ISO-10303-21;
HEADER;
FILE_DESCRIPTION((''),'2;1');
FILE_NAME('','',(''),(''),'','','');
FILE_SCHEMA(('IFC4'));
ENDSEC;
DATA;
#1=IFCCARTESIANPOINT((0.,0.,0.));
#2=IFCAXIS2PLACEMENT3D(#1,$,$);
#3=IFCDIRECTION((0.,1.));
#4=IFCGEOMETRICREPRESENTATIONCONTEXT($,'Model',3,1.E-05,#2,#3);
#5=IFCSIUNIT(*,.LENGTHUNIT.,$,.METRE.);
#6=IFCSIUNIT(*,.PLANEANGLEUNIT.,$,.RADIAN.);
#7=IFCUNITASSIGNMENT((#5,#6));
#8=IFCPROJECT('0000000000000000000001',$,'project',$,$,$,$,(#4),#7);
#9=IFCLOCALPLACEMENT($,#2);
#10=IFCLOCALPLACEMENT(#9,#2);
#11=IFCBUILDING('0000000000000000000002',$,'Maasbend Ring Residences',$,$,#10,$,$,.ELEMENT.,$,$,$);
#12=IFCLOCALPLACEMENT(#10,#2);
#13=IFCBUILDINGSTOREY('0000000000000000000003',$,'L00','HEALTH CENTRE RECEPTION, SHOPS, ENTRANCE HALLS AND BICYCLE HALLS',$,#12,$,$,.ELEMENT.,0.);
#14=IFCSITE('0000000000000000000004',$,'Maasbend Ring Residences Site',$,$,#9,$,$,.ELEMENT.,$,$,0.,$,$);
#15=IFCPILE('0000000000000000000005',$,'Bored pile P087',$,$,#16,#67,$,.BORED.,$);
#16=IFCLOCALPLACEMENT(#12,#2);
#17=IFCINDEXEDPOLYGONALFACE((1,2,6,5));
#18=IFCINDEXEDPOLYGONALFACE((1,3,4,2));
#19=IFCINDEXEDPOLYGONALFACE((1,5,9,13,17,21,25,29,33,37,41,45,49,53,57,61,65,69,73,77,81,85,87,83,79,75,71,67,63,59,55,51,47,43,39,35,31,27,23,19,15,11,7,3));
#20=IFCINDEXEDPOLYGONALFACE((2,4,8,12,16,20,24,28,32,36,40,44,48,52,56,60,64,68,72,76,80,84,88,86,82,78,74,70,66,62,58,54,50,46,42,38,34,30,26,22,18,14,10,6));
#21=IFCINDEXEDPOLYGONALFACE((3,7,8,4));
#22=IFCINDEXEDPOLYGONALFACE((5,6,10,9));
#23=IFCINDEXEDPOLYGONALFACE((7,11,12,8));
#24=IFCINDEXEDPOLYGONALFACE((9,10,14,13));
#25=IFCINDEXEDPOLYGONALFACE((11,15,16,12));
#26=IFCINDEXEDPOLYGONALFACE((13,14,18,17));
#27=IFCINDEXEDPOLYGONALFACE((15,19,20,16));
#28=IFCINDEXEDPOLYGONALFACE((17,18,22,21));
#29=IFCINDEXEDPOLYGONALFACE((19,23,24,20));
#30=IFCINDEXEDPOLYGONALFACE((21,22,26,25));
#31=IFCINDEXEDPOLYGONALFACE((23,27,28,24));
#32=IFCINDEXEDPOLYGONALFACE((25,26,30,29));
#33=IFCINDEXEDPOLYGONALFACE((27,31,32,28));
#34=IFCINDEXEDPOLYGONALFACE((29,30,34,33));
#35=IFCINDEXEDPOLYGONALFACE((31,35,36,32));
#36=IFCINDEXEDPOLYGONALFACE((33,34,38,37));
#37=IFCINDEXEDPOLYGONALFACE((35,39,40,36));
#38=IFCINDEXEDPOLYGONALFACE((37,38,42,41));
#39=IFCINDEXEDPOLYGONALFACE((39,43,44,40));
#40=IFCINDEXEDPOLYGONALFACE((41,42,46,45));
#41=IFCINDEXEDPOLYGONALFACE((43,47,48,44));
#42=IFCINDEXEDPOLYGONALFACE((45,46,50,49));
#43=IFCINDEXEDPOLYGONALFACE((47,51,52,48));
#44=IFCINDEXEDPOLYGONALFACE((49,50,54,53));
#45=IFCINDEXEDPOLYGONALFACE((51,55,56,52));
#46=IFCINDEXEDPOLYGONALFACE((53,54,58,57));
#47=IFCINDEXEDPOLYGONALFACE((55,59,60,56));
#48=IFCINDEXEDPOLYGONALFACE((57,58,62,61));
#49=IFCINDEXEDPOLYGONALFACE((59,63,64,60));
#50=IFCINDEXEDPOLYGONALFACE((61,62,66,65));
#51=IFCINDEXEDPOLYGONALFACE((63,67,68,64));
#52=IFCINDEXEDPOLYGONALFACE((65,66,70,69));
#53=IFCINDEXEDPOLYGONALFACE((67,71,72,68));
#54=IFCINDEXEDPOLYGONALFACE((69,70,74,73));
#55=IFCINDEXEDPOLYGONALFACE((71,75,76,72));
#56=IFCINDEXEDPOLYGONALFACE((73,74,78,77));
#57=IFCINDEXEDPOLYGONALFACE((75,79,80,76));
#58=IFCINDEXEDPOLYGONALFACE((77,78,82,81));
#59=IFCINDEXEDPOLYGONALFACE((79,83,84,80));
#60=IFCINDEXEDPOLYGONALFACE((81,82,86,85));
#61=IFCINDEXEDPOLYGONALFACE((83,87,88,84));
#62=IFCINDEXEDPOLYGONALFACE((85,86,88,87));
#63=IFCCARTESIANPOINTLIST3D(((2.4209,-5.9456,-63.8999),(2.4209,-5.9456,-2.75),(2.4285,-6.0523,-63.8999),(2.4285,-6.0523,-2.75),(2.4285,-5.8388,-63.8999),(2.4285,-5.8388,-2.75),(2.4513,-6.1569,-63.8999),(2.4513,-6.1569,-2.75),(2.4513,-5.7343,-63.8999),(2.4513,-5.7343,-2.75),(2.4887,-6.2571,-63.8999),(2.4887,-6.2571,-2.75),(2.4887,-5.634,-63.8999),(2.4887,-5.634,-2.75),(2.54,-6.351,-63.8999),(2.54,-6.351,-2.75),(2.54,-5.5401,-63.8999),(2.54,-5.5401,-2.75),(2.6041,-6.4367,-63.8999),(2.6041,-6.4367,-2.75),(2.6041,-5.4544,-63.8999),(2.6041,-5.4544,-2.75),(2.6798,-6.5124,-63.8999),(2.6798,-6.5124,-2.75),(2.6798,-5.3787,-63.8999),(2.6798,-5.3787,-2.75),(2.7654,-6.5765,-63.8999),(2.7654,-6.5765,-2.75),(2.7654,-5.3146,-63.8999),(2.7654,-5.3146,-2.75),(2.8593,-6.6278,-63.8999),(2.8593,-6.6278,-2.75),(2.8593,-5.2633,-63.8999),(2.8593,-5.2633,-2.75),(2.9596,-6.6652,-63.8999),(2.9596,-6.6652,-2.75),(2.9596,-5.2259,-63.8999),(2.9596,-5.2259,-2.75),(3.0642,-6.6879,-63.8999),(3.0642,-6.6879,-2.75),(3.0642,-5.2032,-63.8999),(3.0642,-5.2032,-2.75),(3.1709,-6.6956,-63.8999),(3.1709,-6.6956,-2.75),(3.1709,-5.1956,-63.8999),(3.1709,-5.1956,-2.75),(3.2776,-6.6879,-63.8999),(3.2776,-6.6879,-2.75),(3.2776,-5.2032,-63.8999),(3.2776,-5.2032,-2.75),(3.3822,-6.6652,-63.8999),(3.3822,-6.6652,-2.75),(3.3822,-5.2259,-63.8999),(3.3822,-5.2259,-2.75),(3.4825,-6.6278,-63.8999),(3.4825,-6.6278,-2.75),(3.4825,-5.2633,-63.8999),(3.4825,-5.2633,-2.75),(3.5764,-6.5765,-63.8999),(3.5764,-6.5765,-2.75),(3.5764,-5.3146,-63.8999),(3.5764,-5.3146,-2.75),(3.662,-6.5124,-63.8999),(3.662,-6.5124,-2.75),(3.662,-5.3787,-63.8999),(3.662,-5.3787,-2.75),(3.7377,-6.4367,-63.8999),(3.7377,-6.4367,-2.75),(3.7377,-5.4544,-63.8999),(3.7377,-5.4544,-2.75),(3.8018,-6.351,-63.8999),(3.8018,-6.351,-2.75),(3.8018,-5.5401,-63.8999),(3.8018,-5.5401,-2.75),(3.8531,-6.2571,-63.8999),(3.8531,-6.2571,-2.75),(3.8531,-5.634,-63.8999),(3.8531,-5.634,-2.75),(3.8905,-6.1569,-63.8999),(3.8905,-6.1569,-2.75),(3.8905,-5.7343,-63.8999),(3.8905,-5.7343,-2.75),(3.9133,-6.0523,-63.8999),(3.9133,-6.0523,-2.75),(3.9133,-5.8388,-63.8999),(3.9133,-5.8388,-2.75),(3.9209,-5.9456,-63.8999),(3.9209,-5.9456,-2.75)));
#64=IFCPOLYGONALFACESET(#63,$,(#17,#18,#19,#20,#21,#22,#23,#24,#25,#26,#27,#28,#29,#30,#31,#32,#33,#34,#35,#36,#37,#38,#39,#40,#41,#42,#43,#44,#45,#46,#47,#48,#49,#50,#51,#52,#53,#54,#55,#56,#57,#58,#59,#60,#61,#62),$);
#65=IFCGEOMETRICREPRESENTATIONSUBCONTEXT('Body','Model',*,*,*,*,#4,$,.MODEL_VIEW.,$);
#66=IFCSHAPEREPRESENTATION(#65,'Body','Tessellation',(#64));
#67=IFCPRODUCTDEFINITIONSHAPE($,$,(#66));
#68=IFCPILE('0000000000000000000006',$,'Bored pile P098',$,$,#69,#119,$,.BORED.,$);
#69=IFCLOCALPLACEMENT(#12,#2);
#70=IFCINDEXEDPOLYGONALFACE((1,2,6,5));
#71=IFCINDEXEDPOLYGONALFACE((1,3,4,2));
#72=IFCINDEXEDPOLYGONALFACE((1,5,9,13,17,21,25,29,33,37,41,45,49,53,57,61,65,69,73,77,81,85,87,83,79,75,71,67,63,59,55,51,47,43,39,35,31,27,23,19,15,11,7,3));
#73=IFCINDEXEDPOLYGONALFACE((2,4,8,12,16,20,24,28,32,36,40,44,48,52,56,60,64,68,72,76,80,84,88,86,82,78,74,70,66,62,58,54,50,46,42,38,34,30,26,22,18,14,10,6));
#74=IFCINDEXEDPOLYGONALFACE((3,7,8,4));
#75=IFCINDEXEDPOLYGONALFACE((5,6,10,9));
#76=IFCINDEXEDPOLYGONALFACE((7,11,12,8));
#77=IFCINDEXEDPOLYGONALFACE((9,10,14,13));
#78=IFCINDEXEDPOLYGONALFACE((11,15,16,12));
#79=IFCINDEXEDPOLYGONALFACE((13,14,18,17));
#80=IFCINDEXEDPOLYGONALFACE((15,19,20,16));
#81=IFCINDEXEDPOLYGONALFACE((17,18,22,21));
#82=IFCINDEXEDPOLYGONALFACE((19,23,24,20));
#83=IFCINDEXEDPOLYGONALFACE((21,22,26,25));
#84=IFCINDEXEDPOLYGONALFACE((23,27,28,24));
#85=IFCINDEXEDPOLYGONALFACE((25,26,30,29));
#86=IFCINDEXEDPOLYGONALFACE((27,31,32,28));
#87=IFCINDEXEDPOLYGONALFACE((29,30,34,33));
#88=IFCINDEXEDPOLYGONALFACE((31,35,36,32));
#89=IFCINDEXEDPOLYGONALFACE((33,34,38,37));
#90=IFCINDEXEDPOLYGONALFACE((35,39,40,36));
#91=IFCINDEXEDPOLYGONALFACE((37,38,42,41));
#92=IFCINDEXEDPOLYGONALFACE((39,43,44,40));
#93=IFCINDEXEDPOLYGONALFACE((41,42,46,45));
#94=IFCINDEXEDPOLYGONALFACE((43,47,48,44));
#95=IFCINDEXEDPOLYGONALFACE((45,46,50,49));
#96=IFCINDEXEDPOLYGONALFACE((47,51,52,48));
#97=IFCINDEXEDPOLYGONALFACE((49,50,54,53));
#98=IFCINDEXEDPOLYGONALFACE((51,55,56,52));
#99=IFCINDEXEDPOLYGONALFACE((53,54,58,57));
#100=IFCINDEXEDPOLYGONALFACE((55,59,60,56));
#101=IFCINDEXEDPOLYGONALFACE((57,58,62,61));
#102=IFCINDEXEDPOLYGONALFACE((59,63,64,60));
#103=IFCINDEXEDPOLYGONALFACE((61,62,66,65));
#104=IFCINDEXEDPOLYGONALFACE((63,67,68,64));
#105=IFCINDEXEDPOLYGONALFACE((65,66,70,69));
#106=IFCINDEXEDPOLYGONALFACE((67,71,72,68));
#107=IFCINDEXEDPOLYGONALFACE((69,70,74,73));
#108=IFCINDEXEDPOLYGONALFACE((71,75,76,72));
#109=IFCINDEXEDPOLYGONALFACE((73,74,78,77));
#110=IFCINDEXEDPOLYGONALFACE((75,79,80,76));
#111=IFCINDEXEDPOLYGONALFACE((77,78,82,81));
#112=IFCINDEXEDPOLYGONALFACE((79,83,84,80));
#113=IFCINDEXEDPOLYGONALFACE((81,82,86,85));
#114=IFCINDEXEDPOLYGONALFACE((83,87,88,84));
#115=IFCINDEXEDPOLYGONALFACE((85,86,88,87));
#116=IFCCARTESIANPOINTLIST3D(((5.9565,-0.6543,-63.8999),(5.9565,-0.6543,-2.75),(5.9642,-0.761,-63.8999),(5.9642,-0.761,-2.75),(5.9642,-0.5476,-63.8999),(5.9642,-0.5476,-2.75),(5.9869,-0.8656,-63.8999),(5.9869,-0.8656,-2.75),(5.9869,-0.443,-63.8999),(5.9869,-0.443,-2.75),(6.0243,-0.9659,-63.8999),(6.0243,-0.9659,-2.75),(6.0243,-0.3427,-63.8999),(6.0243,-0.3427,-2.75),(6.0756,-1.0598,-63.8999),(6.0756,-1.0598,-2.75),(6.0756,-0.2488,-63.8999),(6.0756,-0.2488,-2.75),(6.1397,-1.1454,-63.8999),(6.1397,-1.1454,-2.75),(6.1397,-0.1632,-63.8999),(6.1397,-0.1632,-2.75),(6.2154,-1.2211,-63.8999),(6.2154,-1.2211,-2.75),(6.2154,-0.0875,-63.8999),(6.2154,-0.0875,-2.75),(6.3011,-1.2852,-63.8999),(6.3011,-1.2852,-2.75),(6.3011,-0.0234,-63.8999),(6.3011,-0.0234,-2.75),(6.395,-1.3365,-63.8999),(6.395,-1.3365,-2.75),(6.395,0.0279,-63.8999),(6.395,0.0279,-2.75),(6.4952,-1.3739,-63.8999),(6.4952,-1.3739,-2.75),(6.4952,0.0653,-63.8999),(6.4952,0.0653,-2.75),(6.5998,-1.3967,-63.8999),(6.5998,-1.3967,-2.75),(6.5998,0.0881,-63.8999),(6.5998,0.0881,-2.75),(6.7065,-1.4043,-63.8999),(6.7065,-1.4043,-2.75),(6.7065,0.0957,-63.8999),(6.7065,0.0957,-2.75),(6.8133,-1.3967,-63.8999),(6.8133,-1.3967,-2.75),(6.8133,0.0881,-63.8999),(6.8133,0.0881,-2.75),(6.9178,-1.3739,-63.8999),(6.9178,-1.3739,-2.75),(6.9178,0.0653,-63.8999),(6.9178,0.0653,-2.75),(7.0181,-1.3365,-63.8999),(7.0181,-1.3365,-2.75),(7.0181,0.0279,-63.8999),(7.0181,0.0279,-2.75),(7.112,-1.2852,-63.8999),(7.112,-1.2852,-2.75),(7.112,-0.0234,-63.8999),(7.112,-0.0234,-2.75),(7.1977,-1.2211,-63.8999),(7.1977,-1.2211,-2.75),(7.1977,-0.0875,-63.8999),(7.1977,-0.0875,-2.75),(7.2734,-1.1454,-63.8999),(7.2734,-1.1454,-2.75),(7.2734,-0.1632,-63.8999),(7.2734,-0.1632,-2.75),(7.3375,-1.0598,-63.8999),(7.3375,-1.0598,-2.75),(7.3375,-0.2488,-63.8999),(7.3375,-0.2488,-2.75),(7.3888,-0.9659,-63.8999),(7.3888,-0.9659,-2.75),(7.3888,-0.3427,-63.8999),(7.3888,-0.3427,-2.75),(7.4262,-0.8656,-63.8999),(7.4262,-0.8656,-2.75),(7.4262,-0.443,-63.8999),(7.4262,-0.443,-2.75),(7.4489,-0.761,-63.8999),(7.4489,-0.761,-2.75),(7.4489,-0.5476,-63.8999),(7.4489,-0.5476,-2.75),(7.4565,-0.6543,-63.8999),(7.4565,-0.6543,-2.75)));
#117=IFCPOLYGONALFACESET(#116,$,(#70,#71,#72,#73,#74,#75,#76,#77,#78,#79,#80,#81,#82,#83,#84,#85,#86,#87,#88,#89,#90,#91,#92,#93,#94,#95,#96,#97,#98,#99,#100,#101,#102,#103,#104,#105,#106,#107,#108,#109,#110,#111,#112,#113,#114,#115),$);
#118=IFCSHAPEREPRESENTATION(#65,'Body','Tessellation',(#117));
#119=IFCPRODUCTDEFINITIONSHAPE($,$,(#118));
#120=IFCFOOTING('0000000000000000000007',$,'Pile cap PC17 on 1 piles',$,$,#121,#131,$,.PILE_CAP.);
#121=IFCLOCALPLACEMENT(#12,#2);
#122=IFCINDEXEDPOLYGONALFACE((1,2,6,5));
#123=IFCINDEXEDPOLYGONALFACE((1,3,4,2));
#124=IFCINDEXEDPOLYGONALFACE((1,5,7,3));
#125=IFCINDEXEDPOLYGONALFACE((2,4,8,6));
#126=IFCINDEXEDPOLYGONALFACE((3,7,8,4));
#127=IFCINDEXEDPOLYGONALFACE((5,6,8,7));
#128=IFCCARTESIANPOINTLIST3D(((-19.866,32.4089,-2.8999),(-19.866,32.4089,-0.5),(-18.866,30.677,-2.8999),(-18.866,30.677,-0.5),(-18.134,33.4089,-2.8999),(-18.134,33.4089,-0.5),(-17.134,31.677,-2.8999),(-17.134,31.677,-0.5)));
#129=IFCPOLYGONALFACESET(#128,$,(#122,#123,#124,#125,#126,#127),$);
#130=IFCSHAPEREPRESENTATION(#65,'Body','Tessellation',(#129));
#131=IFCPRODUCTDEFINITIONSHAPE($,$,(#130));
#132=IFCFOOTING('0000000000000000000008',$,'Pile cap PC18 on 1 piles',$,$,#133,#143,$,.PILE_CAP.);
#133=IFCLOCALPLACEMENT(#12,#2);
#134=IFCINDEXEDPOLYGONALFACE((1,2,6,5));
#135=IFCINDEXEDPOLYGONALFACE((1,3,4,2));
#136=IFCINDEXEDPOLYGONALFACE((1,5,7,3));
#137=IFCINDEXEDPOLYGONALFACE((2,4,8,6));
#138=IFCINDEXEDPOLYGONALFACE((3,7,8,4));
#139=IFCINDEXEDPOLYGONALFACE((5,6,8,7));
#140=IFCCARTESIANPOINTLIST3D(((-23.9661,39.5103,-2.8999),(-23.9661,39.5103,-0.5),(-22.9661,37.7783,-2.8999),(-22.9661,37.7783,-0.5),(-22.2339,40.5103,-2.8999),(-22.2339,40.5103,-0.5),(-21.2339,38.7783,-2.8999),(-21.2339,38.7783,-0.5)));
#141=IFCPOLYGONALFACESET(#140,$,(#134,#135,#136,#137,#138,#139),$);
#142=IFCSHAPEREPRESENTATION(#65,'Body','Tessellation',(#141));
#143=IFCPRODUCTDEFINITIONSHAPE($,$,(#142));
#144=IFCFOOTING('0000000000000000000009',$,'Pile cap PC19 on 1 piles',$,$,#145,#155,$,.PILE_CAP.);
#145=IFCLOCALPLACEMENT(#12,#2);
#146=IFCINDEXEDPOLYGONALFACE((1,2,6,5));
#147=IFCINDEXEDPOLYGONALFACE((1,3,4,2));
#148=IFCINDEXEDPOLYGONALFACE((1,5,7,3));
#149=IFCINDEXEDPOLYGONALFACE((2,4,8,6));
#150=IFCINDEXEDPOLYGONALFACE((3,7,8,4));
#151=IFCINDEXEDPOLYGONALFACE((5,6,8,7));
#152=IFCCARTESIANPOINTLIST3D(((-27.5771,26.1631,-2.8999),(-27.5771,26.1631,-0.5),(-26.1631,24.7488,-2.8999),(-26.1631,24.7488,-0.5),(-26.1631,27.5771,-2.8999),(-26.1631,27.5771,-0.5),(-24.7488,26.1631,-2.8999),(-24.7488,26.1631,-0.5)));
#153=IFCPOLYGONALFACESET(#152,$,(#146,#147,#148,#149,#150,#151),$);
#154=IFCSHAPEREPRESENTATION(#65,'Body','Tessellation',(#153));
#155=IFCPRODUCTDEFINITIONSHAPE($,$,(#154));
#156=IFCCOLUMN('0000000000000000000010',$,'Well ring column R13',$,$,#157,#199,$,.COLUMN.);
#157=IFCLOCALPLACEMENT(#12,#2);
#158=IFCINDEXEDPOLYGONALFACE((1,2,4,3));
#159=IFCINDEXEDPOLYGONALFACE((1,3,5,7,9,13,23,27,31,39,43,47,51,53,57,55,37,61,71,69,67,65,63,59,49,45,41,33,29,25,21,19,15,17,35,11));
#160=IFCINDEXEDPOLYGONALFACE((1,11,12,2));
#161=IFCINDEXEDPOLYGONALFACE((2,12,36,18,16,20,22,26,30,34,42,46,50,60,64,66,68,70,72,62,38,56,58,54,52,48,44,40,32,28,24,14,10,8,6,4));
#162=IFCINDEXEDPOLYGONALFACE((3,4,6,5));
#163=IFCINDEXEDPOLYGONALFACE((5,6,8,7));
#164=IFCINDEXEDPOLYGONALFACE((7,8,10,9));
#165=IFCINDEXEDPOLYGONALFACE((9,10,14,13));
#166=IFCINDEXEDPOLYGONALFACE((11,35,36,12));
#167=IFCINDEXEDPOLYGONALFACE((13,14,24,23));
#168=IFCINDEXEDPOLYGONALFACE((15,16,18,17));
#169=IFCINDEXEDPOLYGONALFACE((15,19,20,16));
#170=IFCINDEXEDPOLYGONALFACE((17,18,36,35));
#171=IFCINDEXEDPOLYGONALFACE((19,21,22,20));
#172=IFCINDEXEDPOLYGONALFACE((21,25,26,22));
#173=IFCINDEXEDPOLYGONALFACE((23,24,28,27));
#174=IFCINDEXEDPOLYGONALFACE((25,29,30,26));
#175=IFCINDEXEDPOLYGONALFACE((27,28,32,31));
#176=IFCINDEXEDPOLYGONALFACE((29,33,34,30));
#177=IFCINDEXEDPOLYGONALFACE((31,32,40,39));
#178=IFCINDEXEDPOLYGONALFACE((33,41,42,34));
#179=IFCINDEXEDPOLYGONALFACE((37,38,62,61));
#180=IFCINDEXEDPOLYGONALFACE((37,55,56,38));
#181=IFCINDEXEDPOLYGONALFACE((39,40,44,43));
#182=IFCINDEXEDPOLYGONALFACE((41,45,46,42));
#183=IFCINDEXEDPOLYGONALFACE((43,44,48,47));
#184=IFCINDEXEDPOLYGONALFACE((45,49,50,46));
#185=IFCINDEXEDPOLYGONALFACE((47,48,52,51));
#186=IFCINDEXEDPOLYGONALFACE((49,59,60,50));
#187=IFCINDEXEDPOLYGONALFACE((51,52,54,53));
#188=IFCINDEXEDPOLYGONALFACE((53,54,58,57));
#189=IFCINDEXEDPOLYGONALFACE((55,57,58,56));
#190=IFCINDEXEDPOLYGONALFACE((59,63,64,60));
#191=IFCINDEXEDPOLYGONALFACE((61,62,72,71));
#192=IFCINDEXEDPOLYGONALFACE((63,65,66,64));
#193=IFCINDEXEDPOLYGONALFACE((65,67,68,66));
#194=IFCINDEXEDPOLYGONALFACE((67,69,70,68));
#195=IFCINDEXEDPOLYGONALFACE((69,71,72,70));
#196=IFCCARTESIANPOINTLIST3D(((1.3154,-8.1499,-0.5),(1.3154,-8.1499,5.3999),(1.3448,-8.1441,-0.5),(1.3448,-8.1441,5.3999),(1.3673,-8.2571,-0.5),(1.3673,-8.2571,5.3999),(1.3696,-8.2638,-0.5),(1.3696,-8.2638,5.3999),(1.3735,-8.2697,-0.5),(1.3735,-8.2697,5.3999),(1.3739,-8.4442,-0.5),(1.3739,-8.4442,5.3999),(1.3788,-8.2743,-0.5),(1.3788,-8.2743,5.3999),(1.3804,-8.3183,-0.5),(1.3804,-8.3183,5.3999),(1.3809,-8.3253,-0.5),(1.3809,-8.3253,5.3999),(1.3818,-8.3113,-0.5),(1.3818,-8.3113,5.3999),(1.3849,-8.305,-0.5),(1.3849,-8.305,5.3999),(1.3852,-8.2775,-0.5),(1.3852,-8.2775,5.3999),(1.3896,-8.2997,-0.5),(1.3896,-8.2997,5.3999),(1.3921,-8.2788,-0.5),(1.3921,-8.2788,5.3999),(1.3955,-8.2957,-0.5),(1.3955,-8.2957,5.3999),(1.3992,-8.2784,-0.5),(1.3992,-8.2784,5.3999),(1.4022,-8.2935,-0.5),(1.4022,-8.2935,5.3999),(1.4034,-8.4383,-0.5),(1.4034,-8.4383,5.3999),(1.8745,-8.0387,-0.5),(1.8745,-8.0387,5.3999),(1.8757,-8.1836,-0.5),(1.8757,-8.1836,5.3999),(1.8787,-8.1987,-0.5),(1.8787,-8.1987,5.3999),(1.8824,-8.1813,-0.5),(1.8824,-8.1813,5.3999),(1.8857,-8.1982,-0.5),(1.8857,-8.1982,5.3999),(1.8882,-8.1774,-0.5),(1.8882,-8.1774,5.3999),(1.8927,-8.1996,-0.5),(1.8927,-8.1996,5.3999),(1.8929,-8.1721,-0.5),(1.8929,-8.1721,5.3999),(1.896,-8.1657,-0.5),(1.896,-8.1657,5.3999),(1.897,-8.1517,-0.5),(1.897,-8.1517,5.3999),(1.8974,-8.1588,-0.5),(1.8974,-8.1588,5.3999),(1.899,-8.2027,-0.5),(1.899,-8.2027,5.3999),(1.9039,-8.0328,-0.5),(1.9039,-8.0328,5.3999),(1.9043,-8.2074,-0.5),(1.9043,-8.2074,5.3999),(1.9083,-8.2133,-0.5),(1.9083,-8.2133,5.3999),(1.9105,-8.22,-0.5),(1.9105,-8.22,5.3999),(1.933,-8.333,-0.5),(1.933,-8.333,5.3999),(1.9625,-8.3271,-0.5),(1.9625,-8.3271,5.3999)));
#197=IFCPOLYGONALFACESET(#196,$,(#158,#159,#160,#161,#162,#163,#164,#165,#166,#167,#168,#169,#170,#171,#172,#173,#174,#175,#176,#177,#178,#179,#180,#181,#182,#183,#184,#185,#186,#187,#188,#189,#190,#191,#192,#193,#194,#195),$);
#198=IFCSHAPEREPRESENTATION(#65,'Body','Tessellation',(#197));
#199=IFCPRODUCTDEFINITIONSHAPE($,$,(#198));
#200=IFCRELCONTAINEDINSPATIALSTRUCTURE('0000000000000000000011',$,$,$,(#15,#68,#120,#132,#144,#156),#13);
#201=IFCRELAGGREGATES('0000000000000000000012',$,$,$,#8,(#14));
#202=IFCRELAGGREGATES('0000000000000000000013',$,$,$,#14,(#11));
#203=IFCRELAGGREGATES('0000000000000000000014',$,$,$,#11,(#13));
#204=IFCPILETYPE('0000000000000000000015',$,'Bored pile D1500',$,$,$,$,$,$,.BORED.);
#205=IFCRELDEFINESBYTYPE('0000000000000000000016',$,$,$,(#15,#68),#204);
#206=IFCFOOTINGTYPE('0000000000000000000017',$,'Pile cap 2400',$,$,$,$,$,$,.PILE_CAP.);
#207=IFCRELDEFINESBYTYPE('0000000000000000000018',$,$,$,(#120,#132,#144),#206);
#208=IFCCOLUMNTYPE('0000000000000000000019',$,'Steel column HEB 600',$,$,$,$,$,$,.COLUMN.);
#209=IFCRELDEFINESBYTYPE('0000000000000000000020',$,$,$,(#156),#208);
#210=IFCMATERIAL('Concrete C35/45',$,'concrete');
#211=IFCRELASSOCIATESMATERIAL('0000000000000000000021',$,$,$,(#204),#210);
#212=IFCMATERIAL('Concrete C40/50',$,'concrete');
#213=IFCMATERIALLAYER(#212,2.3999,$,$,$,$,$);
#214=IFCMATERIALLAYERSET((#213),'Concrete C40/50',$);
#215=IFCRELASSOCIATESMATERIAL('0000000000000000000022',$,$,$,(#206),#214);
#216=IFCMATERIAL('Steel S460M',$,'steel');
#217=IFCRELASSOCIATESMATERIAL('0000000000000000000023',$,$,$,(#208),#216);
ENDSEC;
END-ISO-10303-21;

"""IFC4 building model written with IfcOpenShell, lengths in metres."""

from ifc_helpers import new_model, si_unit, direction, frame, origin, origin_2d, place, context, subcontext, project, spatial, polyline, circle, i_section, outline, extrude, material, layer, layer_set, material_profile, profile_set, type_object, element, save


model = new_model("IFC4")

# Units and contexts
model_context = context("Model", 3, precision=1e-05, world=origin(), true_north=direction((0.0, 1.0)))
body_context = subcontext(model_context, "Body", "Model", "MODEL_VIEW")
ifc_project = project(units=[si_unit("LENGTHUNIT", "METRE"), si_unit("PLANEANGLEUNIT", "RADIAN")], contexts=[model_context])

# Site, building, storey
site_placement = place(None, origin())
site = spatial("IfcSite", under=ifc_project, at=site_placement, Name="Maasbend Ring Residences Site", CompositionType="ELEMENT", RefElevation=0.0)
building_placement = place(site_placement, origin())
building = spatial("IfcBuilding", under=site, at=building_placement, Name="Maasbend Ring Residences", CompositionType="ELEMENT")
storey_placement = place(building_placement, origin())
storey = spatial("IfcBuildingStorey", under=building, at=storey_placement, Name="L00", Description="HEALTH CENTRE RECEPTION, SHOPS, ENTRANCE HALLS AND BICYCLE HALLS", CompositionType="ELEMENT", Elevation=0.0)

# Piles
ifc_material_1 = material(Name="Concrete C35/45", Category="concrete")
ifc_material_profile_1 = material_profile(ifc_material_1, circle(Radius=0.75, at=origin_2d()), Name="Bored pile D1500")
ifc_profile_set_1 = profile_set([ifc_material_profile_1], Name="Concrete C35/45")
pile_type = type_object("IfcPileType", Name="Bored pile D1500", PredefinedType="BORED", material=ifc_profile_set_1)
for number, where, z_axis, x_axis, name in (
    (1, (3.1709, -5.9456, -2.75), (0.0, 0.0, -1.0), (1.0, 0.0, 0.0), "Bored pile P087"),
    (2, (6.7065, -0.6543, -2.75), (0.0, 0.0, -1.0), (1.0, 0.0, 0.0), "Bored pile P098"),
):
    element("IfcPile", number, at=place(storey_placement, frame(where, z_axis=z_axis, x_axis=x_axis)), inside=storey, type_object=pile_type, Name=name, PredefinedType="BORED", context=body_context, shape_type="SweptSolid", body=[
        extrude(circle(Radius=0.75, at=origin_2d()), origin(), (0.0, 0.0, 1.0), 61.1499),
    ])

# Footings
ifc_material_2 = material(Name="Concrete C40/50", Category="concrete")
ifc_layer_1 = layer(ifc_material_2, 2.3999)
ifc_layer_set_1 = layer_set([ifc_layer_1], Name="Concrete C40/50")
footing_type = type_object("IfcFootingType", Name="Pile cap 2400", PredefinedType="PILE_CAP", material=ifc_layer_set_1)
footing_1_placement = place(storey_placement, frame((0.0, 0.0, -2.8999)))
element("IfcFooting", 3, at=footing_1_placement, inside=storey, type_object=footing_type, Name="Pile cap PC17 on 1 piles", PredefinedType="PILE_CAP", context=body_context, shape_type="SweptSolid", body=[
    extrude(outline(polyline([(-17.134, 31.677), (-18.134, 33.4089), (-19.866, 32.4089), (-18.866, 30.677), (-17.134, 31.677)])), origin(), (0.0, 0.0, 1.0), 2.3999),
])
footing_2_placement = place(storey_placement, frame((0.0, 0.0, -2.8999)))
element("IfcFooting", 4, at=footing_2_placement, inside=storey, type_object=footing_type, Name="Pile cap PC18 on 1 piles", PredefinedType="PILE_CAP", context=body_context, shape_type="SweptSolid", body=[
    extrude(outline(polyline([(-21.2339, 38.7783), (-22.2339, 40.5103), (-23.9661, 39.5103), (-22.9661, 37.7783), (-21.2339, 38.7783)])), origin(), (0.0, 0.0, 1.0), 2.3999),
])
footing_3_placement = place(storey_placement, frame((0.0, 0.0, -2.8999)))
element("IfcFooting", 5, at=footing_3_placement, inside=storey, type_object=footing_type, Name="Pile cap PC19 on 1 piles", PredefinedType="PILE_CAP", context=body_context, shape_type="SweptSolid", body=[
    extrude(outline(polyline([(-24.7488, 26.1631), (-26.1631, 27.5771), (-27.5771, 26.1631), (-26.1631, 24.7488), (-24.7488, 26.1631)])), origin(), (0.0, 0.0, 1.0), 2.3999),
])

# Column
ifc_material_3 = material(Name="Steel S460M", Category="steel")
ifc_material_profile_2 = material_profile(ifc_material_3, i_section(OverallWidth=0.3, OverallDepth=0.6001, WebThickness=0.0154, FlangeThickness=0.03, FilletRadius=0.0271, at=origin_2d()), Name="HEB 600")
ifc_profile_set_2 = profile_set([ifc_material_profile_2], Name="Steel S460M")
column_type = type_object("IfcColumnType", Name="Steel column HEB 600", PredefinedType="COLUMN", material=ifc_profile_set_2)
for number, where, z_axis, x_axis, name in (
    (6, (1.6389, -8.2385, -0.5), (0.0, 0.0, 1.0), (0.19509, -0.980785, 0.0), "Well ring column R13"),
):
    element("IfcColumn", number, at=place(storey_placement, frame(where, z_axis=z_axis, x_axis=x_axis)), inside=storey, type_object=column_type, Name=name, PredefinedType="COLUMN", context=body_context, shape_type="SweptSolid", body=[
        extrude(i_section(OverallWidth=0.3, OverallDepth=0.6001, WebThickness=0.0154, FlangeThickness=0.03, FilletRadius=0.0271, at=origin_2d()), origin(), (0.0, 0.0, 1.0), 5.8999),
    ])

save(model, "model.ifc")
